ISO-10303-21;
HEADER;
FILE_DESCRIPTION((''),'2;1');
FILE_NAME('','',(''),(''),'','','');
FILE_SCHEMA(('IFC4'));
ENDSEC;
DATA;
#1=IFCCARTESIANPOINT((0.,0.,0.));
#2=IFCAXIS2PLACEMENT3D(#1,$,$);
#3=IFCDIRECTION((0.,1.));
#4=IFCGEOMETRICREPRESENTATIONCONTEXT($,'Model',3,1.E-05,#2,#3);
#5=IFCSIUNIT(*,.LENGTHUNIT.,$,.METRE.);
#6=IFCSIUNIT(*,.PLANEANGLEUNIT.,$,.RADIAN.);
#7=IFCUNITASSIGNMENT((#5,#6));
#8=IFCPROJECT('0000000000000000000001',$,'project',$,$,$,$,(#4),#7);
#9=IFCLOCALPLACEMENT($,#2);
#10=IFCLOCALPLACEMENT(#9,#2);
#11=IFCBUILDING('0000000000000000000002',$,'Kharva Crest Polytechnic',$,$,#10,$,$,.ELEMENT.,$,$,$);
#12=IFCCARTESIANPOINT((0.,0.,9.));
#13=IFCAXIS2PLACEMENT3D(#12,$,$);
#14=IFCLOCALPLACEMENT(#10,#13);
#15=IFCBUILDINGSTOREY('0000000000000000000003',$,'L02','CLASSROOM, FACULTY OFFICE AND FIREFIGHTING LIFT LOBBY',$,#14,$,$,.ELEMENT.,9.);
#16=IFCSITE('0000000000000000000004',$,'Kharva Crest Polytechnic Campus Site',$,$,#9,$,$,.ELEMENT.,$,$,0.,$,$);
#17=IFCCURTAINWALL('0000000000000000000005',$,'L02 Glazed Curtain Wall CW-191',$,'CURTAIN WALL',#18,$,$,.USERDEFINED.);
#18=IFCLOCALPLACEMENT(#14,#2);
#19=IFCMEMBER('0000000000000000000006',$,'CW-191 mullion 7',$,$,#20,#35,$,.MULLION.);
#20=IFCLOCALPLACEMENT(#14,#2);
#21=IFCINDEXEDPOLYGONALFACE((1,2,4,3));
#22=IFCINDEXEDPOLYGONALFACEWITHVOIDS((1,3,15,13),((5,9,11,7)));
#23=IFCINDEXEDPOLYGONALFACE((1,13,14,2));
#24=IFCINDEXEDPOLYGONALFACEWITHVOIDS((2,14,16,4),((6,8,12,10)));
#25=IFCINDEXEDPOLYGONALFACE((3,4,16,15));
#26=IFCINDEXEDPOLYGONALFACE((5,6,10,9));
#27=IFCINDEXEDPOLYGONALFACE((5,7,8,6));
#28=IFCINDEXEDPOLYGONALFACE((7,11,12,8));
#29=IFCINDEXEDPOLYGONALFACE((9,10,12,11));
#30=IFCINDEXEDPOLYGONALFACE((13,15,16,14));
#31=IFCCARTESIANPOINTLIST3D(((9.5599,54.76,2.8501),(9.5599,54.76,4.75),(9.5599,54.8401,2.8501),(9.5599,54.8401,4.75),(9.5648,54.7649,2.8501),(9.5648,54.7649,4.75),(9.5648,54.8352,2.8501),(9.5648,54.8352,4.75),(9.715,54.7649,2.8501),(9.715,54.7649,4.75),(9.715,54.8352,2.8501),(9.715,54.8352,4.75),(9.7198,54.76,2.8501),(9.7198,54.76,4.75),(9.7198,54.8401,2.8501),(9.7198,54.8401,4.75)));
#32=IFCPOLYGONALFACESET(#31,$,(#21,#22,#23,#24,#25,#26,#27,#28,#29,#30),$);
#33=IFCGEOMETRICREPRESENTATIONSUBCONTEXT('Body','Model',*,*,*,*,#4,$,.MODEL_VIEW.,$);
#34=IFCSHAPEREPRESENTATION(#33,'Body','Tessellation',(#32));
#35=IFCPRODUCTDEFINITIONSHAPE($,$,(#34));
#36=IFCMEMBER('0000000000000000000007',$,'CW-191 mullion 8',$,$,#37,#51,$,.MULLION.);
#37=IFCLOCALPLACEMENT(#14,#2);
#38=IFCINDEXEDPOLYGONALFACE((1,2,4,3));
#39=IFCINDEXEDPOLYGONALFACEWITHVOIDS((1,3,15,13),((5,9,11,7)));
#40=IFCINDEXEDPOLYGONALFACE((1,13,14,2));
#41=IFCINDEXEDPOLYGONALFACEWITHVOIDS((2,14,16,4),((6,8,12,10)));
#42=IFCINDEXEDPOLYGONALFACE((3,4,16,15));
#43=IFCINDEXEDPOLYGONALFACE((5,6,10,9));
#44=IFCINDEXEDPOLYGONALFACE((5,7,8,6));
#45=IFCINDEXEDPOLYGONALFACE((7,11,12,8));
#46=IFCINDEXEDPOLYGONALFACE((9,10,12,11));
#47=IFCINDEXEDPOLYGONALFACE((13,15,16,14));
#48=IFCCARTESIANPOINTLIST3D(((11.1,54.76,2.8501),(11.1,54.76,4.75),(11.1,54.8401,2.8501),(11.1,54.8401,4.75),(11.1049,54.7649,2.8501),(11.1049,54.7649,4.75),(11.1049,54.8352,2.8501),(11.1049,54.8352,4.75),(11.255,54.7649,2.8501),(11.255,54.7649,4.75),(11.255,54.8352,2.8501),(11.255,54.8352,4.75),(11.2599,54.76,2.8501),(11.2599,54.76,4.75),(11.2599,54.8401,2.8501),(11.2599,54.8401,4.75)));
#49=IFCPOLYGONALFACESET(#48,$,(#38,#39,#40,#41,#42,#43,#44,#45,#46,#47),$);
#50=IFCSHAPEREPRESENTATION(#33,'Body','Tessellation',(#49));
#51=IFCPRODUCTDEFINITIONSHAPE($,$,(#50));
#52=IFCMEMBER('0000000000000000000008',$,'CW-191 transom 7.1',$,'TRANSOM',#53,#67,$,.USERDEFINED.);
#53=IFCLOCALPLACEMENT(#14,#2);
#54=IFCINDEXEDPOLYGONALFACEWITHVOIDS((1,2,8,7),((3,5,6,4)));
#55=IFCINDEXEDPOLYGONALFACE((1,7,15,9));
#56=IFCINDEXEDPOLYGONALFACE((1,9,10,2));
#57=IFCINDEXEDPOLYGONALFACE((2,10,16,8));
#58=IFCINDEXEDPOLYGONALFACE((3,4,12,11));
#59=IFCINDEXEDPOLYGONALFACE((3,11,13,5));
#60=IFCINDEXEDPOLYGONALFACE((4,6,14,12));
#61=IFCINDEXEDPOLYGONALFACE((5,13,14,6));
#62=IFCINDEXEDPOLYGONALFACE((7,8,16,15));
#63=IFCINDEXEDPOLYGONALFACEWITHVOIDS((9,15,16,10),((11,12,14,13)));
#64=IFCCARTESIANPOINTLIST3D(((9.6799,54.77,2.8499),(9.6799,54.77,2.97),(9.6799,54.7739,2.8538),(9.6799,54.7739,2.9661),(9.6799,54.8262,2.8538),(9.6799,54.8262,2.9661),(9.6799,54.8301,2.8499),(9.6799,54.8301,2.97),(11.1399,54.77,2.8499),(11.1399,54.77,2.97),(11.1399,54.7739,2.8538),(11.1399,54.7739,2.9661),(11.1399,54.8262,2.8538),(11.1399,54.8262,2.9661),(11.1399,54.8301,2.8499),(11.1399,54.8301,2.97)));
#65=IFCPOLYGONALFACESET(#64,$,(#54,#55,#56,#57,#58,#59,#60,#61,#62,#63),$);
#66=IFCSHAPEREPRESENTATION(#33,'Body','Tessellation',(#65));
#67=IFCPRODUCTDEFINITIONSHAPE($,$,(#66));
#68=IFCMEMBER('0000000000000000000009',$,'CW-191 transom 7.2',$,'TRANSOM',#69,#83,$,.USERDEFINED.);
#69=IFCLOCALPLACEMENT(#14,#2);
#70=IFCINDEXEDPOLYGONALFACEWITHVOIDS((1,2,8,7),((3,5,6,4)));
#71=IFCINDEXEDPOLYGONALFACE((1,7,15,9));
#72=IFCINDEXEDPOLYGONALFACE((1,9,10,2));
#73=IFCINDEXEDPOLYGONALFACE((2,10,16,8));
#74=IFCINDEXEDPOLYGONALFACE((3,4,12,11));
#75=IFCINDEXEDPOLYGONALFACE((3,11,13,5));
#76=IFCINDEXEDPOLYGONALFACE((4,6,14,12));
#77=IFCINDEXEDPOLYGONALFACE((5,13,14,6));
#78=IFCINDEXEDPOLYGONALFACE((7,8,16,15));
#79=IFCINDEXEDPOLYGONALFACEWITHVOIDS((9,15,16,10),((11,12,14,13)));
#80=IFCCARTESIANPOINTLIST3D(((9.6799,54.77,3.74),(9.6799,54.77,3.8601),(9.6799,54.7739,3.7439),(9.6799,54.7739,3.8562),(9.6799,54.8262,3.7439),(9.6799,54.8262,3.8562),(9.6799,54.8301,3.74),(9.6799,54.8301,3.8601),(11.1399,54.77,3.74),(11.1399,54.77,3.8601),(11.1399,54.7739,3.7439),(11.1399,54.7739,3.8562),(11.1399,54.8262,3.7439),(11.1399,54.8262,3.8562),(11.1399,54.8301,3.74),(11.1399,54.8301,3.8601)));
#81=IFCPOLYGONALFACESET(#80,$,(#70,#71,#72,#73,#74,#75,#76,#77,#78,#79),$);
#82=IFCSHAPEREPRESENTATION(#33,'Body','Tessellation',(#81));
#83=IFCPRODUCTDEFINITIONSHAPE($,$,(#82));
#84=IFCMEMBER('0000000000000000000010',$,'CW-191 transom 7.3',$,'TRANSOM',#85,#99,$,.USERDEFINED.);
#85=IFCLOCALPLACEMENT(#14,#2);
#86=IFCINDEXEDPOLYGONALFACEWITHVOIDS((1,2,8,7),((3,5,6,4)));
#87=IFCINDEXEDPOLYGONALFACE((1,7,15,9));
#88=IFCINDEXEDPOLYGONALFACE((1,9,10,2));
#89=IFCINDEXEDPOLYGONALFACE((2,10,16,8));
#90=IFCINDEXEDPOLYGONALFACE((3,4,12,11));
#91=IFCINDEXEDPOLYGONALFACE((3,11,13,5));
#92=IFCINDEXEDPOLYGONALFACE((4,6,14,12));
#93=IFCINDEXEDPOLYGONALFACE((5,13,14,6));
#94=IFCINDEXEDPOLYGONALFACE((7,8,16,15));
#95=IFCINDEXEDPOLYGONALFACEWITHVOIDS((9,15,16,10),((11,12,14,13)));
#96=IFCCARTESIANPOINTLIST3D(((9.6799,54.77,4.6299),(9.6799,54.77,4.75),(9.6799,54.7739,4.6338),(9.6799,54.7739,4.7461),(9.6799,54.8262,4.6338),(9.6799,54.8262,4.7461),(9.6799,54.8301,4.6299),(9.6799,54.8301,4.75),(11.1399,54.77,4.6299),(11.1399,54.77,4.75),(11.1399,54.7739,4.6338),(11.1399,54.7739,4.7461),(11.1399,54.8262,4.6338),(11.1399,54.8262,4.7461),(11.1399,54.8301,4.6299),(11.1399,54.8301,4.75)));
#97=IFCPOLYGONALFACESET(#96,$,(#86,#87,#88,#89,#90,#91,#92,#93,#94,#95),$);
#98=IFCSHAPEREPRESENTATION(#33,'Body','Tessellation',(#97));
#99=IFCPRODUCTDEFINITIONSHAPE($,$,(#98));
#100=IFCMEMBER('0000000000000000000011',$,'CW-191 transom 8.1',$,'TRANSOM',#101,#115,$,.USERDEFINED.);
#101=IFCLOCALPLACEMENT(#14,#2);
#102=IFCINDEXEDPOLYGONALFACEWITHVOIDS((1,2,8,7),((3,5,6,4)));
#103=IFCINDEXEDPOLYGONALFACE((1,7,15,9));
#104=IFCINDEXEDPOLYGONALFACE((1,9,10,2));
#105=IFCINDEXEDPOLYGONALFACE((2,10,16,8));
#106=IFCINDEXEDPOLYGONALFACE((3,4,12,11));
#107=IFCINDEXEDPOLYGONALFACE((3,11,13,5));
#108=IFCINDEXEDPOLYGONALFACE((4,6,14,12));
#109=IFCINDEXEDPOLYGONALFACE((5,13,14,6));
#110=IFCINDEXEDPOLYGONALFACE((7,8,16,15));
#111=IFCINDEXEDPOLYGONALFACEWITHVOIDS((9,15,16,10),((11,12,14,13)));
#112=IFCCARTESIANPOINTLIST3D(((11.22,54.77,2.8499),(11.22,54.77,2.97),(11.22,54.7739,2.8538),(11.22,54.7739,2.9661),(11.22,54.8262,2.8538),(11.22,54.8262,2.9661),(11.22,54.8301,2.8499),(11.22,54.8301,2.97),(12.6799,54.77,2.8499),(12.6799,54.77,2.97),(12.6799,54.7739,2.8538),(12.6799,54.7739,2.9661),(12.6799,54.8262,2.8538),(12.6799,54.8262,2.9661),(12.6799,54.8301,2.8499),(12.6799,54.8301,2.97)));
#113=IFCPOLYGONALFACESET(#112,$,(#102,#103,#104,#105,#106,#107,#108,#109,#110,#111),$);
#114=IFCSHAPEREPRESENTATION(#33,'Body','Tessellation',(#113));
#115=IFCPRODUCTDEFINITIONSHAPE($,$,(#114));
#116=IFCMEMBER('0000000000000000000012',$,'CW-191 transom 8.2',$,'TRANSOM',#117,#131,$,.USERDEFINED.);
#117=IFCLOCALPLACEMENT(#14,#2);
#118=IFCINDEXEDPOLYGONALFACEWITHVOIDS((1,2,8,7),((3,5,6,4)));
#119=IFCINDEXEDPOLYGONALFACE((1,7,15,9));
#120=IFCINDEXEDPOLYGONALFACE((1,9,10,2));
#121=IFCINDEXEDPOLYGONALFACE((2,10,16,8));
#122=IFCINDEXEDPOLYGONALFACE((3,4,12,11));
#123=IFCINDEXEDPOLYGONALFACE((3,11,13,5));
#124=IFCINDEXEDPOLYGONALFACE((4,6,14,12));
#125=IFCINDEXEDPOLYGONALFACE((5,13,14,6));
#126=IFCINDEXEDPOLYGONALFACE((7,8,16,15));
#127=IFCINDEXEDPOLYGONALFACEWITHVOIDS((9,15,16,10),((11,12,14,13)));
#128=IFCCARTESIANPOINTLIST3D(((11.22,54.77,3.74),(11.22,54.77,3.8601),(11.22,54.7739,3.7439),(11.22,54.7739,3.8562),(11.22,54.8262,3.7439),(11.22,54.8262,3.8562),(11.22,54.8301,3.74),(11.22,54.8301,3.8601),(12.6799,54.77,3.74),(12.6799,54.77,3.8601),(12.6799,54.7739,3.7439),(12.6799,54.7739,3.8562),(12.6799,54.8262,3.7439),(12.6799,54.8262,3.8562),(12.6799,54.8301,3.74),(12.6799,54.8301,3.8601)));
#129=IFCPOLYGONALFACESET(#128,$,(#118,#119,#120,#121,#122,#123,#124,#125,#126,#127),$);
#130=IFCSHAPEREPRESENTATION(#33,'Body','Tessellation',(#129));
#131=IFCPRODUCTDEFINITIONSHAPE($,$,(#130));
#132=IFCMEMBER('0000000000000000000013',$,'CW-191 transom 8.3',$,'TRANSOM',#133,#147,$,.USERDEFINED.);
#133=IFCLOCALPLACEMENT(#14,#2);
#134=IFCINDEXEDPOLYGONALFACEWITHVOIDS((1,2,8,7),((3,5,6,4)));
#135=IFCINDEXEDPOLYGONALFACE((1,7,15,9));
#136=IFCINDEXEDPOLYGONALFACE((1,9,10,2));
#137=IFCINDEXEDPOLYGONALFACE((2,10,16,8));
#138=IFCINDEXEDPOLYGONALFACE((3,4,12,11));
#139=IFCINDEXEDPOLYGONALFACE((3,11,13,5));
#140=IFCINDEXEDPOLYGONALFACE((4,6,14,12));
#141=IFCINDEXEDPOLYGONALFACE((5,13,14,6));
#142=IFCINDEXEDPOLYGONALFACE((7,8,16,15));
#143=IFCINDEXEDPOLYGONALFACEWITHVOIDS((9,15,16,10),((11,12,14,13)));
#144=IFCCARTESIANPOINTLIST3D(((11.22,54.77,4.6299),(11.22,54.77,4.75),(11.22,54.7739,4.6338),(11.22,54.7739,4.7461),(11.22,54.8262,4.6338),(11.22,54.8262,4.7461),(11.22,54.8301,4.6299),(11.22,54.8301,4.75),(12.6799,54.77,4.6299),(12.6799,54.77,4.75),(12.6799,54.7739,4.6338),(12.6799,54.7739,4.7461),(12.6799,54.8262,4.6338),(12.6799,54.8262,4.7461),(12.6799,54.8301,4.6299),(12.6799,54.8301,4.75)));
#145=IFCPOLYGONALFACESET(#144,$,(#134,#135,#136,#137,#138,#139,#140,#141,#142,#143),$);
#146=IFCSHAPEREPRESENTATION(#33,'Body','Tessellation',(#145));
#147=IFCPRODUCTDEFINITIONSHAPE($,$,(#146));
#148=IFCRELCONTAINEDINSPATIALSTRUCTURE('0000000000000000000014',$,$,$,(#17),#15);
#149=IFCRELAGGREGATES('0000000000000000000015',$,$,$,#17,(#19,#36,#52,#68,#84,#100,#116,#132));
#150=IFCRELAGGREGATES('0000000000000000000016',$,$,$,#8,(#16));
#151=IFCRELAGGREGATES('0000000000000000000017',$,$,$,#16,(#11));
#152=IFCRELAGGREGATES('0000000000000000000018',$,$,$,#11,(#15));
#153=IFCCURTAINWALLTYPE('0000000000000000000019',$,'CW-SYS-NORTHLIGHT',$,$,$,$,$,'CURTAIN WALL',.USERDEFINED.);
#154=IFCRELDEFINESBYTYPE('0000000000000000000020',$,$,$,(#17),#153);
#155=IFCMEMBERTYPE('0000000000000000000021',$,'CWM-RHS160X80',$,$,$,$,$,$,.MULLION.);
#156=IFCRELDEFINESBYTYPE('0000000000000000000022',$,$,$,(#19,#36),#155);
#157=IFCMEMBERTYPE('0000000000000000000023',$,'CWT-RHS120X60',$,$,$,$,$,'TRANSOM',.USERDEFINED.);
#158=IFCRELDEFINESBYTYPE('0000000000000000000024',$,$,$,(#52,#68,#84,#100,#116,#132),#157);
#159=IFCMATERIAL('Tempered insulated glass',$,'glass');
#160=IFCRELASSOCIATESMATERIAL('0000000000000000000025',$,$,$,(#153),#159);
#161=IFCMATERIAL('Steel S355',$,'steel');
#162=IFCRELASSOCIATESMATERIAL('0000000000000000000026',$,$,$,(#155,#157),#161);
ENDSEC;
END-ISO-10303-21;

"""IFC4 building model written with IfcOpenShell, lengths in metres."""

from ifc_helpers import new_model, si_unit, direction, frame, origin, origin_2d, place, context, subcontext, project, spatial, hollow_rectangle, extrude, material, material_profile, profile_set, type_object, element, aggregate, save


model = new_model("IFC4")

# Units and contexts
model_context = context("Model", 3, precision=1e-05, world=origin(), true_north=direction((0.0, 1.0)))
body_context = subcontext(model_context, "Body", "Model", "MODEL_VIEW")
ifc_project = project(units=[si_unit("LENGTHUNIT", "METRE"), si_unit("PLANEANGLEUNIT", "RADIAN")], contexts=[model_context])

# Site, building, storey
site_placement = place(None, origin())
site = spatial("IfcSite", under=ifc_project, at=site_placement, Name="Kharva Crest Polytechnic Campus Site", CompositionType="ELEMENT", RefElevation=0.0)
building_placement = place(site_placement, origin())
building = spatial("IfcBuilding", under=site, at=building_placement, Name="Kharva Crest Polytechnic", CompositionType="ELEMENT")
storey_placement = place(building_placement, frame((0.0, 0.0, 9.0)))
storey = spatial("IfcBuildingStorey", under=building, at=storey_placement, Name="L02", Description="CLASSROOM, FACULTY OFFICE AND FIREFIGHTING LIFT LOBBY", CompositionType="ELEMENT", Elevation=9.0)

# Curtain wall, members
ifc_material_1 = material(Name="Tempered insulated glass", Category="glass")
curtain_wall_type = type_object("IfcCurtainWallType", Name="CW-SYS-NORTHLIGHT", ElementType="CURTAIN WALL", PredefinedType="USERDEFINED", material=ifc_material_1)
curtain_wall_placement = place(storey_placement, origin())
curtain_wall = element("IfcCurtainWall", 1, at=curtain_wall_placement, inside=storey, type_object=curtain_wall_type, Name="L02 Glazed Curtain Wall CW-191", ObjectType="CURTAIN WALL", PredefinedType="USERDEFINED")
ifc_material_2 = material(Name="Steel S355", Category="steel")
ifc_material_profile_1 = material_profile(ifc_material_2, hollow_rectangle(XDim=0.0801, YDim=0.1599, WallThickness=0.0049, at=origin_2d()), Name="RHS 160X80X5.0")
ifc_profile_set_1 = profile_set([ifc_material_profile_1], Name="Steel S355")
member_type_1 = type_object("IfcMemberType", Name="CWM-RHS160X80", PredefinedType="MULLION", material=ifc_profile_set_1)
member_1_placement = place(storey_placement, frame((9.6399, 54.8, 2.8501), z_axis=(0.0, 0.0, 1.0), x_axis=(0.0, 1.0, 0.0)))
member_1 = element("IfcMember", 2, at=member_1_placement, type_object=member_type_1, Name="CW-191 mullion 7", PredefinedType="MULLION", context=body_context, shape_type="SweptSolid", body=[
    extrude(hollow_rectangle(XDim=0.0801, YDim=0.1599, WallThickness=0.0049, at=origin_2d()), origin(), (0.0, 0.0, 1.0), 1.8999),
])
member_2_placement = place(storey_placement, frame((11.1799, 54.8, 2.8501), z_axis=(0.0, 0.0, 1.0), x_axis=(0.0, 1.0, 0.0)))
member_2 = element("IfcMember", 3, at=member_2_placement, type_object=member_type_1, Name="CW-191 mullion 8", PredefinedType="MULLION", context=body_context, shape_type="SweptSolid", body=[
    extrude(hollow_rectangle(XDim=0.0801, YDim=0.1599, WallThickness=0.0049, at=origin_2d()), origin(), (0.0, 0.0, 1.0), 1.8999),
])
ifc_material_profile_2 = material_profile(ifc_material_2, hollow_rectangle(XDim=0.0601, YDim=0.1201, WallThickness=0.0039, at=origin_2d()), Name="RHS 120X60X4.0")
ifc_profile_set_2 = profile_set([ifc_material_profile_2], Name="Steel S355")
member_type_2 = type_object("IfcMemberType", Name="CWT-RHS120X60", ElementType="TRANSOM", PredefinedType="USERDEFINED", material=ifc_profile_set_2)
member_3_placement = place(storey_placement, frame((9.6799, 54.8, 2.9099), z_axis=(1.0, 0.0, 0.0), x_axis=(0.0, 1.0, 0.0)))
member_3 = element("IfcMember", 4, at=member_3_placement, type_object=member_type_2, Name="CW-191 transom 7.1", ObjectType="TRANSOM", PredefinedType="USERDEFINED", context=body_context, shape_type="SweptSolid", body=[
    extrude(hollow_rectangle(XDim=0.0601, YDim=0.1201, WallThickness=0.0039, at=origin_2d()), origin(), (0.0, 0.0, 1.0), 1.46),
])
member_4_placement = place(storey_placement, frame((9.6799, 54.8, 3.8), z_axis=(1.0, 0.0, 0.0), x_axis=(0.0, 1.0, 0.0)))
member_4 = element("IfcMember", 5, at=member_4_placement, type_object=member_type_2, Name="CW-191 transom 7.2", ObjectType="TRANSOM", PredefinedType="USERDEFINED", context=body_context, shape_type="SweptSolid", body=[
    extrude(hollow_rectangle(XDim=0.0601, YDim=0.1201, WallThickness=0.0039, at=origin_2d()), origin(), (0.0, 0.0, 1.0), 1.46),
])
member_5_placement = place(storey_placement, frame((9.6799, 54.8, 4.6899), z_axis=(1.0, 0.0, 0.0), x_axis=(0.0, 1.0, 0.0)))
member_5 = element("IfcMember", 6, at=member_5_placement, type_object=member_type_2, Name="CW-191 transom 7.3", ObjectType="TRANSOM", PredefinedType="USERDEFINED", context=body_context, shape_type="SweptSolid", body=[
    extrude(hollow_rectangle(XDim=0.0601, YDim=0.1201, WallThickness=0.0039, at=origin_2d()), origin(), (0.0, 0.0, 1.0), 1.46),
])
member_6_placement = place(storey_placement, frame((11.22, 54.8, 2.9099), z_axis=(1.0, 0.0, 0.0), x_axis=(0.0, 1.0, 0.0)))
member_6 = element("IfcMember", 7, at=member_6_placement, type_object=member_type_2, Name="CW-191 transom 8.1", ObjectType="TRANSOM", PredefinedType="USERDEFINED", context=body_context, shape_type="SweptSolid", body=[
    extrude(hollow_rectangle(XDim=0.0601, YDim=0.1201, WallThickness=0.0039, at=origin_2d()), origin(), (0.0, 0.0, 1.0), 1.46),
])
member_7_placement = place(storey_placement, frame((11.22, 54.8, 3.8), z_axis=(1.0, 0.0, 0.0), x_axis=(0.0, 1.0, 0.0)))
member_7 = element("IfcMember", 8, at=member_7_placement, type_object=member_type_2, Name="CW-191 transom 8.2", ObjectType="TRANSOM", PredefinedType="USERDEFINED", context=body_context, shape_type="SweptSolid", body=[
    extrude(hollow_rectangle(XDim=0.0601, YDim=0.1201, WallThickness=0.0039, at=origin_2d()), origin(), (0.0, 0.0, 1.0), 1.46),
])
member_8_placement = place(storey_placement, frame((11.22, 54.8, 4.6899), z_axis=(1.0, 0.0, 0.0), x_axis=(0.0, 1.0, 0.0)))
member_8 = element("IfcMember", 9, at=member_8_placement, type_object=member_type_2, Name="CW-191 transom 8.3", ObjectType="TRANSOM", PredefinedType="USERDEFINED", context=body_context, shape_type="SweptSolid", body=[
    extrude(hollow_rectangle(XDim=0.0601, YDim=0.1201, WallThickness=0.0039, at=origin_2d()), origin(), (0.0, 0.0, 1.0), 1.46),
])

aggregate(curtain_wall, [member_1, member_2, member_3, member_4, member_5, member_6, member_7, member_8])

save(model, "model.ifc")
